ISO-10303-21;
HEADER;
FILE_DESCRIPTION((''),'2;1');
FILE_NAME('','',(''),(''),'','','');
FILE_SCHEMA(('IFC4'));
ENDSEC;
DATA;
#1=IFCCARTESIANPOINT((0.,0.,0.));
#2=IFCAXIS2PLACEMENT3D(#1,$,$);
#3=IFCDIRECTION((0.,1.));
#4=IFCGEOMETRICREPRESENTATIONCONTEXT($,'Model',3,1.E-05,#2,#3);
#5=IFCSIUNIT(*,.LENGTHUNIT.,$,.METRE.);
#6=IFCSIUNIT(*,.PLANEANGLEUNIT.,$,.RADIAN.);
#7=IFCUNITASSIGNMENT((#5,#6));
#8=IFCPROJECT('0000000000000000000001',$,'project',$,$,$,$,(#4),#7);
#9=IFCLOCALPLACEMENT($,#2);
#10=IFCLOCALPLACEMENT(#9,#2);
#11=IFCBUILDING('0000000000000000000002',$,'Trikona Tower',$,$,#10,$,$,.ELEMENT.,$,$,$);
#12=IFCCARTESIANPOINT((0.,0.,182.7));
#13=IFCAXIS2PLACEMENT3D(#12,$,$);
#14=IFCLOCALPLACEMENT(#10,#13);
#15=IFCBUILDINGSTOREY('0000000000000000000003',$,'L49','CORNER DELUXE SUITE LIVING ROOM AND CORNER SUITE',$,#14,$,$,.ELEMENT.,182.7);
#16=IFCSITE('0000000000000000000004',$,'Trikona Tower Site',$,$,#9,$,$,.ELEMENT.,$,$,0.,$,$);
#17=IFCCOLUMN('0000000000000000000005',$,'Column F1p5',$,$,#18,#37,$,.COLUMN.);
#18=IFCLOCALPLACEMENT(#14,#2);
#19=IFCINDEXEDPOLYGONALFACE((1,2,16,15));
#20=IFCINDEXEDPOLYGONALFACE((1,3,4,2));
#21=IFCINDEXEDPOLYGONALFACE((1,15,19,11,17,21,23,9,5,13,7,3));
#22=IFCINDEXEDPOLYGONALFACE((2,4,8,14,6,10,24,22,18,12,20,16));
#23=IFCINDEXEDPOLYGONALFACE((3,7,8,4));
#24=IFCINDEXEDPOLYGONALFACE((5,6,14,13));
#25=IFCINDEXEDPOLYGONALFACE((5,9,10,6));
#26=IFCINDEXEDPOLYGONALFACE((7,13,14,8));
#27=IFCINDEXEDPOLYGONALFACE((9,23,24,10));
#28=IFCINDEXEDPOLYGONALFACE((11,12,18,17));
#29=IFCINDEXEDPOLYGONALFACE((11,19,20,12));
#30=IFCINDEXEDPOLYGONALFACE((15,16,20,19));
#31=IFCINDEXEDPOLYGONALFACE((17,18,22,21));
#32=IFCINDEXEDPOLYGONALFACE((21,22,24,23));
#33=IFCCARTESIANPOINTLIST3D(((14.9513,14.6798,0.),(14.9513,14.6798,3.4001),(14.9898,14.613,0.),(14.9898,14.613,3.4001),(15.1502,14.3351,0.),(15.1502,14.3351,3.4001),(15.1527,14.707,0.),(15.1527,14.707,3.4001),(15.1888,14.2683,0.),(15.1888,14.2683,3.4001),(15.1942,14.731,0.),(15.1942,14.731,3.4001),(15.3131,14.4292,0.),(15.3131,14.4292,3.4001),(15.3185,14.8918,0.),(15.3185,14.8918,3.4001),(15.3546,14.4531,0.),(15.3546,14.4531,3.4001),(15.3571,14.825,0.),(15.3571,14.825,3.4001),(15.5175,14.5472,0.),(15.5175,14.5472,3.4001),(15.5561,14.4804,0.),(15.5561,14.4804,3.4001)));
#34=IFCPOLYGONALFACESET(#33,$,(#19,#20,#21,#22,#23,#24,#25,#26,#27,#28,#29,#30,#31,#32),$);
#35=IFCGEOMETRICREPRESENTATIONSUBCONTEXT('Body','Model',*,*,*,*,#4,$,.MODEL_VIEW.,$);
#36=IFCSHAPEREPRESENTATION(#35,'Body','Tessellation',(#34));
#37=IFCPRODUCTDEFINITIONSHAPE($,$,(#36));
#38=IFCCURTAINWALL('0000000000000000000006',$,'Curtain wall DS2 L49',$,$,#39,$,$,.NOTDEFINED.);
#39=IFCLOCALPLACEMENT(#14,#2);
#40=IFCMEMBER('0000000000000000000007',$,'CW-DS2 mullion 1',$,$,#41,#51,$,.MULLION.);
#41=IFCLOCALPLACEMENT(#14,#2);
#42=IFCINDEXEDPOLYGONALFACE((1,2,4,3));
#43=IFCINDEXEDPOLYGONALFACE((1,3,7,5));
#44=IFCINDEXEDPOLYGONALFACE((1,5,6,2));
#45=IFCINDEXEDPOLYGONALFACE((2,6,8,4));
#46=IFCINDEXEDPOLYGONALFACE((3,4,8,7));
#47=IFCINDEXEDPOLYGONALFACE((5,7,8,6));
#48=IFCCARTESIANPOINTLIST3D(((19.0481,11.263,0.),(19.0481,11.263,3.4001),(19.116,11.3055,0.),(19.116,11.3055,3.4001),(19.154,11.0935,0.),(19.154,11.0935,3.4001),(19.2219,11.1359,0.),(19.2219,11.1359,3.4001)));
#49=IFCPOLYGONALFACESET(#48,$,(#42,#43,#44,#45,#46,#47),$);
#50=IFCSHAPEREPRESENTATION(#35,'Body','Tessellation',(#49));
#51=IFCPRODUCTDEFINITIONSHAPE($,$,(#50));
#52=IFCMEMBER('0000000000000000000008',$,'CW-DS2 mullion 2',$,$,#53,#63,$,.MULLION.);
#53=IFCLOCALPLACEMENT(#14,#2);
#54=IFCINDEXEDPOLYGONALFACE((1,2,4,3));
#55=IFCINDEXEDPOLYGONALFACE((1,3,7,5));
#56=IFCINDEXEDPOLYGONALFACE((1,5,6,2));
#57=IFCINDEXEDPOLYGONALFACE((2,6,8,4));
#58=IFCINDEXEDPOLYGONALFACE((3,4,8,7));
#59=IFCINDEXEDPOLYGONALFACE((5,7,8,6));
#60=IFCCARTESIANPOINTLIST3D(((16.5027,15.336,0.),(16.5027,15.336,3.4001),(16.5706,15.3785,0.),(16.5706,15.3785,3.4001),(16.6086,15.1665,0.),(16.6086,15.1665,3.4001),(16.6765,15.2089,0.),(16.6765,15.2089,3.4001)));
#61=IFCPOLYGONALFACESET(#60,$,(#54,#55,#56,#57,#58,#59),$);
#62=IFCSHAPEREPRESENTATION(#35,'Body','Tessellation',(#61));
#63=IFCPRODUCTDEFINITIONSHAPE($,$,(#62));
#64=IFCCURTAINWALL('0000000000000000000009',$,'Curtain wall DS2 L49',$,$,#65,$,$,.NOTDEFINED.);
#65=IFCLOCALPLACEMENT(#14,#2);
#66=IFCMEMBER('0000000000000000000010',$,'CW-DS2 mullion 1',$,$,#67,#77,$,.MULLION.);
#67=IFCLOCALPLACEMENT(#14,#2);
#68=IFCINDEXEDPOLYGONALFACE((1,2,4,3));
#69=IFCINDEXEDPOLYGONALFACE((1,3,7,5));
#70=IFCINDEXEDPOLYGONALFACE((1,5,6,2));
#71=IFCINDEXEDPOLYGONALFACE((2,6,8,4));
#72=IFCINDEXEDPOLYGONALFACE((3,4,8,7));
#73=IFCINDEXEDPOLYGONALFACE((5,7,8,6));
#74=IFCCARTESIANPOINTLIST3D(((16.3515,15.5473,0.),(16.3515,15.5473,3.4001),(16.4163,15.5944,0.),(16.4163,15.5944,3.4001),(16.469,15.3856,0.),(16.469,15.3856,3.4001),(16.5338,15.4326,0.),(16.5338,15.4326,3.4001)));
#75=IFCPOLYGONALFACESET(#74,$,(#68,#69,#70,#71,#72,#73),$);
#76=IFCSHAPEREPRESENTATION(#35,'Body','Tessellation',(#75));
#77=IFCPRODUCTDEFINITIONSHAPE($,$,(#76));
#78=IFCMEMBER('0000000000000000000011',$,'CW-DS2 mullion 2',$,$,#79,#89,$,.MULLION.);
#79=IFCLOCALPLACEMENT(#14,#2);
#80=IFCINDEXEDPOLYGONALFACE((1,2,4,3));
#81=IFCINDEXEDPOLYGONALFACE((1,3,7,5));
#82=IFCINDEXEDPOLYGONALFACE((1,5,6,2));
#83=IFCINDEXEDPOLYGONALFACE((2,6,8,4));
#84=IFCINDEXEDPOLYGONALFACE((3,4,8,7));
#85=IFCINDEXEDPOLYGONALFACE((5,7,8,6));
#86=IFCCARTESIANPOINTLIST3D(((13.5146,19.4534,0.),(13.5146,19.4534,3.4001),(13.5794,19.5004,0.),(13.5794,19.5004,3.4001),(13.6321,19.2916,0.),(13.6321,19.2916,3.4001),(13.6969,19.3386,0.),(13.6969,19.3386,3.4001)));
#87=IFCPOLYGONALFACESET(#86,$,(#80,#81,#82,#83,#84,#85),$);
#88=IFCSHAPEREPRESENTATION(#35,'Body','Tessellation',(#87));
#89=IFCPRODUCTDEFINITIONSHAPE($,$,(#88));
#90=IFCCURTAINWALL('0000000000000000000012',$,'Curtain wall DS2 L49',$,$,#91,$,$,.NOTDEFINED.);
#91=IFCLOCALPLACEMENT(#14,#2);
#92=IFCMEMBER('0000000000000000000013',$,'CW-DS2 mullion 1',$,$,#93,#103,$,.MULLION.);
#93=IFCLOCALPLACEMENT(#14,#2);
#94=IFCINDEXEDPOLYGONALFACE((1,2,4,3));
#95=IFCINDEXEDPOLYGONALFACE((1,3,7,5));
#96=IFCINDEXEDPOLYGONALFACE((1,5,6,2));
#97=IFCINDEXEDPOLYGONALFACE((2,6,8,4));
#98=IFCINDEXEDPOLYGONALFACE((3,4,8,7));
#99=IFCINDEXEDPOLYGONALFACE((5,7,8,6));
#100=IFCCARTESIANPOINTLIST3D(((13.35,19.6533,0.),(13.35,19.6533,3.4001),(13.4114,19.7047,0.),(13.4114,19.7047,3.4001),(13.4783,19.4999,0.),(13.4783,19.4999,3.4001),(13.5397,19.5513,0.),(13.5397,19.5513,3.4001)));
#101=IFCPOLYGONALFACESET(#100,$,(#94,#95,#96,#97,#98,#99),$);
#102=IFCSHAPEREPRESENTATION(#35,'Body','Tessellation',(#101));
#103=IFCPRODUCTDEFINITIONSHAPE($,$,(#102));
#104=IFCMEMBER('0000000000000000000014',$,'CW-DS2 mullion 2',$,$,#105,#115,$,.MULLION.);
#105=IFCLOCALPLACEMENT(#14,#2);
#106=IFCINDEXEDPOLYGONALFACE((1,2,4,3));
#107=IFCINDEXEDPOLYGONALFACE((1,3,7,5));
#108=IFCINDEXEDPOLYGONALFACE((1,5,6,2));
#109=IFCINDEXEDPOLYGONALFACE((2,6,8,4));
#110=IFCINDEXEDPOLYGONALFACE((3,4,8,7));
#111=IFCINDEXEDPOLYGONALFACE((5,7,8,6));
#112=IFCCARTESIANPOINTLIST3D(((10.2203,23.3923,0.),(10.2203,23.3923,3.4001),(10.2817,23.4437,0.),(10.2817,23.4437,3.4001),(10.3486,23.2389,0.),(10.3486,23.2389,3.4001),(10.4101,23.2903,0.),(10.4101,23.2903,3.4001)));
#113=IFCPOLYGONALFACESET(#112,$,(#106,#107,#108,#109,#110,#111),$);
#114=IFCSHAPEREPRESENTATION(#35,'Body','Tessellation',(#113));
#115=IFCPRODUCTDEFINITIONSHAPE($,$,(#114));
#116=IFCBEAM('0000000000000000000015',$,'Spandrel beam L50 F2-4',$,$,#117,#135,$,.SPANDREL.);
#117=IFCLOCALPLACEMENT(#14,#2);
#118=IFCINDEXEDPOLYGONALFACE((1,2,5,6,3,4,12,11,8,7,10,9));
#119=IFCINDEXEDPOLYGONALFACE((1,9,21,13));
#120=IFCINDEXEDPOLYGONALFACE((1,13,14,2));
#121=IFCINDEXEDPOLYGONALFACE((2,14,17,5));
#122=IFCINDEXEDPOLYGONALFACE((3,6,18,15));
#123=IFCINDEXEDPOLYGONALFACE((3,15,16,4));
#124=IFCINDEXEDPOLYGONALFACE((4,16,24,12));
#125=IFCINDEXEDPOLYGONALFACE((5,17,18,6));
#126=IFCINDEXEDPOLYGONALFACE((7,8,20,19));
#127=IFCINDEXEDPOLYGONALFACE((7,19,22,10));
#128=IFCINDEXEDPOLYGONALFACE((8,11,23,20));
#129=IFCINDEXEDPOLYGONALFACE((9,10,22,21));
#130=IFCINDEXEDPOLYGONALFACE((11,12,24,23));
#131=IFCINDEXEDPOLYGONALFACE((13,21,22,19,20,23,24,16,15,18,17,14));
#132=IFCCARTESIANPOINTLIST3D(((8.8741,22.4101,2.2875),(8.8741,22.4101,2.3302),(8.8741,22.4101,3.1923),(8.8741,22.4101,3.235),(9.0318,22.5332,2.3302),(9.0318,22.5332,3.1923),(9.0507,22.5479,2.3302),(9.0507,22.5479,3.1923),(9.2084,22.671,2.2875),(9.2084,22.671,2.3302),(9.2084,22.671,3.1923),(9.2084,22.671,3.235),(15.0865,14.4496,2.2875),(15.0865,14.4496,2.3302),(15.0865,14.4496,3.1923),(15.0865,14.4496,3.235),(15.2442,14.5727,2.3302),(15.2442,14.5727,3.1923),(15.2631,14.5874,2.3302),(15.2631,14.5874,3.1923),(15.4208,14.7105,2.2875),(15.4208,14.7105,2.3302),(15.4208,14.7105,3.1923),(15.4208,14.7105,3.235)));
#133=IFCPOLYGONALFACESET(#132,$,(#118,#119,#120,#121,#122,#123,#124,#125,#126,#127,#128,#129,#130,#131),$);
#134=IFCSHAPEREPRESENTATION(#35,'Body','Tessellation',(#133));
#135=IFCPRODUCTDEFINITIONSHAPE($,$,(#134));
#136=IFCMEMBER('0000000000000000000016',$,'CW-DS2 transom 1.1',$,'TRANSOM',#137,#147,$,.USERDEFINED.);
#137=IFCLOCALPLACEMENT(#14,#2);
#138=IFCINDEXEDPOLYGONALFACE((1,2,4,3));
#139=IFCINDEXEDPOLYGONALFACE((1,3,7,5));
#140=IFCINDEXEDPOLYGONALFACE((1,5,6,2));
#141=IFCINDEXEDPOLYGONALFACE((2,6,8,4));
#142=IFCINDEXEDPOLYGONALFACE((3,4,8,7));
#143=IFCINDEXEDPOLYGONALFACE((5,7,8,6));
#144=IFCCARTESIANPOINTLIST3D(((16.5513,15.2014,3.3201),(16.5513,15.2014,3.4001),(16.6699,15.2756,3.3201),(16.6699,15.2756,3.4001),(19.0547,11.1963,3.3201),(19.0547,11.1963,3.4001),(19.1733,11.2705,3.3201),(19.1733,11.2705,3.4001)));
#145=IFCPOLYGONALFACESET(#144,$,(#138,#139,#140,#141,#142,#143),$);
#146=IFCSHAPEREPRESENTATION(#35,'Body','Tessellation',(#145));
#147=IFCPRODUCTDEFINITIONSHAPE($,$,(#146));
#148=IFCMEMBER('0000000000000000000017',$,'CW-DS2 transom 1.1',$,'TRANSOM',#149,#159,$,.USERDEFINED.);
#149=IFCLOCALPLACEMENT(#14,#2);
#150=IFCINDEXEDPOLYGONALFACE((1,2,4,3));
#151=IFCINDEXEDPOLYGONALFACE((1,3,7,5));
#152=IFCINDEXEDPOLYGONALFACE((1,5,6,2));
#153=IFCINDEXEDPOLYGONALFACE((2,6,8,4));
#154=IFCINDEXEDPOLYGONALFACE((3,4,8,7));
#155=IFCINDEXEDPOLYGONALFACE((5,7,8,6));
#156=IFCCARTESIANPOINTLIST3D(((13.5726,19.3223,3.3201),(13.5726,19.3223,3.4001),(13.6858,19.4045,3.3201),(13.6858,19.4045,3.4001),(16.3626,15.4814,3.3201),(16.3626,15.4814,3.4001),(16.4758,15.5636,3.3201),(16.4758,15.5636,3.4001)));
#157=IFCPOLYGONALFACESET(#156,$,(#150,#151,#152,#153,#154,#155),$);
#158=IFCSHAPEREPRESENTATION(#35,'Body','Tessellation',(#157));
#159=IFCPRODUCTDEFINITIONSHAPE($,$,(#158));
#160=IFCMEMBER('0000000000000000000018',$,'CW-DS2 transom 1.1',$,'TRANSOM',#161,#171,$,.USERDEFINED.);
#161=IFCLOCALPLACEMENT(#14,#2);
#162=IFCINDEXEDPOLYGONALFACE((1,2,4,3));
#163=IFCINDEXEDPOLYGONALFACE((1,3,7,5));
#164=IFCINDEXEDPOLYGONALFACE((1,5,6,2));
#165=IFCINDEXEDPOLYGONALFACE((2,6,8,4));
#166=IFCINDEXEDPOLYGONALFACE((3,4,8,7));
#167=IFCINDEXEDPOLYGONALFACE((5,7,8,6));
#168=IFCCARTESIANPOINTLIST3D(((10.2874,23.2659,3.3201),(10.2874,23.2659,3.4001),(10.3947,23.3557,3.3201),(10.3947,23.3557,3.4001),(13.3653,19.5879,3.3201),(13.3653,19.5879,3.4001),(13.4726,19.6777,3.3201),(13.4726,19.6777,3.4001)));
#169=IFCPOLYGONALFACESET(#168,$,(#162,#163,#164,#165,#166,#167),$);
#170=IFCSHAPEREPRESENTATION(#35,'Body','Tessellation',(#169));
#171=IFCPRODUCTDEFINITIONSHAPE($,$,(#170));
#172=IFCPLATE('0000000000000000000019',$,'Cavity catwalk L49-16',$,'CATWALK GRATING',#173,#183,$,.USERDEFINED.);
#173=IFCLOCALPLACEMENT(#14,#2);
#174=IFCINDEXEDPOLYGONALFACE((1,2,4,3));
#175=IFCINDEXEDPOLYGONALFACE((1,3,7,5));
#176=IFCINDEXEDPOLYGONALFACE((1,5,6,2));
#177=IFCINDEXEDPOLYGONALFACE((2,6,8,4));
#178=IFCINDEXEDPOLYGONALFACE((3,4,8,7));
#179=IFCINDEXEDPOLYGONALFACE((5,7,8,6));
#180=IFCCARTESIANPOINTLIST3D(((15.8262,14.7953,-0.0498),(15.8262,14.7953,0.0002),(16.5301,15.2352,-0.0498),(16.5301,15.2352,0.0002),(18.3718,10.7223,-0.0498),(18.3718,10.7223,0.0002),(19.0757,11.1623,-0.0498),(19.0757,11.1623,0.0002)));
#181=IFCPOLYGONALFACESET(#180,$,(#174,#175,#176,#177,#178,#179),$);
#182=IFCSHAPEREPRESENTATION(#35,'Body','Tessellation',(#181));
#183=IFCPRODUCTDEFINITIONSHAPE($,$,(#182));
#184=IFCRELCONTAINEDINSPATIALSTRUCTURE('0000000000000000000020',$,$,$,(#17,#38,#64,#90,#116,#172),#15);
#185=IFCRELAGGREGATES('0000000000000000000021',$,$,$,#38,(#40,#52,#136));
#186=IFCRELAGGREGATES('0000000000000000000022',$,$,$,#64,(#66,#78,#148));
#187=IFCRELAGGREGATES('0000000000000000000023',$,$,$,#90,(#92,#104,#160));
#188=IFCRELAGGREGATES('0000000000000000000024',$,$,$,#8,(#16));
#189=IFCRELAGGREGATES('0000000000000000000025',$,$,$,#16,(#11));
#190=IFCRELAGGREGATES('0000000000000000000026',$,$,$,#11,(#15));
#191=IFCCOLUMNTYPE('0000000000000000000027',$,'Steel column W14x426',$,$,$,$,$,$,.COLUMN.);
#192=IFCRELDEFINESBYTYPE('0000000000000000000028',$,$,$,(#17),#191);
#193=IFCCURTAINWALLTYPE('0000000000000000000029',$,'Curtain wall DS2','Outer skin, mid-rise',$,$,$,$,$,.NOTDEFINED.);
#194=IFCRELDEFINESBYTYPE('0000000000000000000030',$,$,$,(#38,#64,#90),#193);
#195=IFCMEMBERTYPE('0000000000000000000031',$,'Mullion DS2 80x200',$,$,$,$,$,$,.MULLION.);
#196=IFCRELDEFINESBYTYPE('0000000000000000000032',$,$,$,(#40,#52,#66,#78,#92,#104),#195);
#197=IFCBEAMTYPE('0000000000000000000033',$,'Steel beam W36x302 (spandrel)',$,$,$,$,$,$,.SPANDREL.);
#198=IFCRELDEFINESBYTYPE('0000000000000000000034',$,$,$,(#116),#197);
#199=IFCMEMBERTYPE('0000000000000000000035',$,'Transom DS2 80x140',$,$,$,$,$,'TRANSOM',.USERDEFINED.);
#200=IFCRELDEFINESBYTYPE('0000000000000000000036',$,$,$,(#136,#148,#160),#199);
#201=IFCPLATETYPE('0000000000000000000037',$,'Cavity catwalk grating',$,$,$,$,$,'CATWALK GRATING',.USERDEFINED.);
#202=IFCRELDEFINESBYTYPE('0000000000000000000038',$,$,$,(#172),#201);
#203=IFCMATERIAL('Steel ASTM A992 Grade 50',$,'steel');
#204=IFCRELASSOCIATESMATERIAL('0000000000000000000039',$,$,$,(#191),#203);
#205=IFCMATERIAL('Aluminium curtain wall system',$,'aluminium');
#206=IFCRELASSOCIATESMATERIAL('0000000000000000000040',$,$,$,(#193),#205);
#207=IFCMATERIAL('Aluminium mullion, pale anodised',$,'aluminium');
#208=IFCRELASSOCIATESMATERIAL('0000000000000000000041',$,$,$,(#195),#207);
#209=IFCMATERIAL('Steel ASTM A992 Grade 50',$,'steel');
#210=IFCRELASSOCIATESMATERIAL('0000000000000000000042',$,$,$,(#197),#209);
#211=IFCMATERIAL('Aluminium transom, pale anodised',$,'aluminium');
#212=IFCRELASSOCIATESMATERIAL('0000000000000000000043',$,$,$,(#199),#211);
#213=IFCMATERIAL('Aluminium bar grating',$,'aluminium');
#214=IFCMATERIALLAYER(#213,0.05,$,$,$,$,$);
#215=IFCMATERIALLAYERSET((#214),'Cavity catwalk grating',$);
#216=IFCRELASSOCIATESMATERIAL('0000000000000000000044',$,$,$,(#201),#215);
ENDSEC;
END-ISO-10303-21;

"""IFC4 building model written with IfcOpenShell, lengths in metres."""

from ifc_helpers import new_model, si_unit, direction, frame, origin, origin_2d, place, context, subcontext, project, spatial, rectangle, i_section, extrude, material, layer, layer_set, material_profile, profile_set, type_object, element, aggregate, save


model = new_model("IFC4")

# Units and contexts
model_context = context("Model", 3, precision=1e-05, world=origin(), true_north=direction((0.0, 1.0)))
body_context = subcontext(model_context, "Body", "Model", "MODEL_VIEW")
ifc_project = project(units=[si_unit("LENGTHUNIT", "METRE"), si_unit("PLANEANGLEUNIT", "RADIAN")], contexts=[model_context])

# Site, building, storey
site_placement = place(None, origin())
site = spatial("IfcSite", under=ifc_project, at=site_placement, Name="Trikona Tower Site", CompositionType="ELEMENT", RefElevation=0.0)
building_placement = place(site_placement, origin())
building = spatial("IfcBuilding", under=site, at=building_placement, Name="Trikona Tower", CompositionType="ELEMENT")
storey_placement = place(building_placement, frame((0.0, 0.0, 182.7)))
storey = spatial("IfcBuildingStorey", under=building, at=storey_placement, Name="L49", Description="CORNER DELUXE SUITE LIVING ROOM AND CORNER SUITE", CompositionType="ELEMENT", Elevation=182.7)

# Column
ifc_material_1 = material(Name="Steel ASTM A992 Grade 50", Category="steel")
ifc_material_profile_1 = material_profile(ifc_material_1, i_section(OverallWidth=0.4241, OverallDepth=0.4751, WebThickness=0.0479, FlangeThickness=0.0771, at=origin_2d()), Name="W14X426")
ifc_profile_set_1 = profile_set([ifc_material_profile_1], Name="Steel ASTM A992 Grade 50")
column_type = type_object("IfcColumnType", Name="Steel column W14x426", PredefinedType="COLUMN", material=ifc_profile_set_1)
column_placement = place(storey_placement, frame((15.2537, 14.5801, 0.0), z_axis=(0.0, 0.0, 1.0), x_axis=(0.866025, 0.5, 0.0)))
element("IfcColumn", 1, at=column_placement, inside=storey, type_object=column_type, Name="Column F1p5", PredefinedType="COLUMN", context=body_context, shape_type="SweptSolid", body=[
    extrude(i_section(OverallWidth=0.4241, OverallDepth=0.4751, WebThickness=0.0479, FlangeThickness=0.0771, at=origin_2d()), origin(), (0.0, 0.0, 1.0), 3.4001),
])

# Curtain walls, members
ifc_material_2 = material(Name="Aluminium curtain wall system", Category="aluminium")
curtain_wall_type = type_object("IfcCurtainWallType", Name="Curtain wall DS2", Description="Outer skin, mid-rise", PredefinedType="NOTDEFINED", material=ifc_material_2)
curtain_wall_1_placement = place(storey_placement, origin())
curtain_wall_1 = element("IfcCurtainWall", 2, at=curtain_wall_1_placement, inside=storey, type_object=curtain_wall_type, Name="Curtain wall DS2 L49", PredefinedType="NOTDEFINED")
ifc_material_3 = material(Name="Aluminium mullion, pale anodised", Category="aluminium")
ifc_material_profile_2 = material_profile(ifc_material_3, rectangle(XDim=0.0801, YDim=0.2, at=origin_2d()), Name="MUL-DS2")
ifc_profile_set_2 = profile_set([ifc_material_profile_2], Name="Aluminium mullion, pale anodised")
member_type_1 = type_object("IfcMemberType", Name="Mullion DS2 80x200", PredefinedType="MULLION", material=ifc_profile_set_2)
member_1_placement = place(storey_placement, frame((19.135, 11.1995, 0.0), z_axis=(0.0, 0.0, 1.0), x_axis=(-0.847998, -0.529999, 0.0)))
member_1 = element("IfcMember", 3, at=member_1_placement, type_object=member_type_1, Name="CW-DS2 mullion 1", PredefinedType="MULLION", context=body_context, shape_type="SweptSolid", body=[
    extrude(rectangle(XDim=0.0801, YDim=0.2, at=origin_2d()), origin(), (0.0, 0.0, 1.0), 3.4001),
])
member_2_placement = place(storey_placement, frame((16.5896, 15.2725, 0.0), z_axis=(0.0, 0.0, 1.0), x_axis=(-0.847998, -0.529999, 0.0)))
member_2 = element("IfcMember", 4, at=member_2_placement, type_object=member_type_1, Name="CW-DS2 mullion 2", PredefinedType="MULLION", context=body_context, shape_type="SweptSolid", body=[
    extrude(rectangle(XDim=0.0801, YDim=0.2, at=origin_2d()), origin(), (0.0, 0.0, 1.0), 3.4001),
])
curtain_wall_2_placement = place(storey_placement, origin())
curtain_wall_2 = element("IfcCurtainWall", 5, at=curtain_wall_2_placement, inside=storey, type_object=curtain_wall_type, Name="Curtain wall DS2 L49", PredefinedType="NOTDEFINED")
member_3_placement = place(storey_placement, frame((16.4426, 15.49, 0.0), z_axis=(0.0, 0.0, 1.0), x_axis=(-0.809086, -0.587691, 0.0)))
member_3 = element("IfcMember", 6, at=member_3_placement, type_object=member_type_1, Name="CW-DS2 mullion 1", PredefinedType="MULLION", context=body_context, shape_type="SweptSolid", body=[
    extrude(rectangle(XDim=0.0801, YDim=0.2, at=origin_2d()), origin(), (0.0, 0.0, 1.0), 3.4001),
])
member_4_placement = place(storey_placement, frame((13.6057, 19.396, 0.0), z_axis=(0.0, 0.0, 1.0), x_axis=(-0.809086, -0.587691, 0.0)))
member_4 = element("IfcMember", 7, at=member_4_placement, type_object=member_type_1, Name="CW-DS2 mullion 2", PredefinedType="MULLION", context=body_context, shape_type="SweptSolid", body=[
    extrude(rectangle(XDim=0.0801, YDim=0.2, at=origin_2d()), origin(), (0.0, 0.0, 1.0), 3.4001),
])
curtain_wall_3_placement = place(storey_placement, origin())
curtain_wall_3 = element("IfcCurtainWall", 8, at=curtain_wall_3_placement, inside=storey, type_object=curtain_wall_type, Name="Curtain wall DS2 L49", PredefinedType="NOTDEFINED")
member_5_placement = place(storey_placement, frame((13.4448, 19.6023, 0.0), z_axis=(0.0, 0.0, 1.0), x_axis=(-0.766867, -0.641806, 0.0)))
member_5 = element("IfcMember", 9, at=member_5_placement, type_object=member_type_1, Name="CW-DS2 mullion 1", PredefinedType="MULLION", context=body_context, shape_type="SweptSolid", body=[
    extrude(rectangle(XDim=0.0801, YDim=0.2, at=origin_2d()), origin(), (0.0, 0.0, 1.0), 3.4001),
])
member_6_placement = place(storey_placement, frame((10.3152, 23.3413, 0.0), z_axis=(0.0, 0.0, 1.0), x_axis=(-0.766867, -0.641806, 0.0)))
member_6 = element("IfcMember", 10, at=member_6_placement, type_object=member_type_1, Name="CW-DS2 mullion 2", PredefinedType="MULLION", context=body_context, shape_type="SweptSolid", body=[
    extrude(rectangle(XDim=0.0801, YDim=0.2, at=origin_2d()), origin(), (0.0, 0.0, 1.0), 3.4001),
])

# Beam
ifc_material_4 = material(Name="Steel ASTM A992 Grade 50", Category="steel")
ifc_material_profile_3 = material_profile(ifc_material_4, i_section(OverallWidth=0.4241, OverallDepth=0.9475, WebThickness=0.0239, FlangeThickness=0.0427, at=origin_2d()), Name="W36X302")
ifc_profile_set_3 = profile_set([ifc_material_profile_3], Name="Steel ASTM A992 Grade 50")
beam_type = type_object("IfcBeamType", Name="Steel beam W36x302 (spandrel)", PredefinedType="SPANDREL", material=ifc_profile_set_3)
beam_placement = place(storey_placement, frame((15.2537, 14.5801, 2.7612), z_axis=(-0.615232, 0.788346, 0.0), x_axis=(-0.788346, -0.615232, 0.0)))
element("IfcBeam", 11, at=beam_placement, inside=storey, type_object=beam_type, Name="Spandrel beam L50 F2-4", PredefinedType="SPANDREL", context=body_context, shape_type="SweptSolid", body=[
    extrude(i_section(OverallWidth=0.4241, OverallDepth=0.9475, WebThickness=0.0239, FlangeThickness=0.0427, at=origin_2d()), origin(), (0.0, 0.0, 1.0), 10.0977),
])

# Members
ifc_material_5 = material(Name="Aluminium transom, pale anodised", Category="aluminium")
ifc_material_profile_4 = material_profile(ifc_material_5, rectangle(XDim=0.1399, YDim=0.0801, at=origin_2d()), Name="TRN-DS2")
ifc_profile_set_4 = profile_set([ifc_material_profile_4], Name="Aluminium transom, pale anodised")
member_type_2 = type_object("IfcMemberType", Name="Transom DS2 80x140", ElementType="TRANSOM", PredefinedType="USERDEFINED", material=ifc_profile_set_4)
member_7_placement = place(storey_placement, frame((19.114, 11.2334, 3.3601), z_axis=(-0.530031, 0.847978, 0.0), x_axis=(-0.847978, -0.530031, 0.0)))
member_7 = element("IfcMember", 12, at=member_7_placement, type_object=member_type_2, Name="CW-DS2 transom 1.1", ObjectType="TRANSOM", PredefinedType="USERDEFINED", context=body_context, shape_type="SweptSolid", body=[
    extrude(rectangle(XDim=0.1399, YDim=0.0801, at=origin_2d()), origin(), (0.0, 0.0, 1.0), 4.7231),
])
member_8_placement = place(storey_placement, frame((16.4192, 15.5225, 3.3601), z_axis=(-0.587695, 0.809083, 0.0), x_axis=(-0.809083, -0.587695, 0.0)))
member_8 = element("IfcMember", 13, at=member_8_placement, type_object=member_type_2, Name="CW-DS2 transom 1.1", ObjectType="TRANSOM", PredefinedType="USERDEFINED", context=body_context, shape_type="SweptSolid", body=[
    extrude(rectangle(XDim=0.1399, YDim=0.0801, at=origin_2d()), origin(), (0.0, 0.0, 1.0), 4.7473),
])
member_9_placement = place(storey_placement, frame((13.4189, 19.6328, 3.3601), z_axis=(-0.64177, 0.766897, 0.0), x_axis=(-0.766897, -0.64177, 0.0)))
member_9 = element("IfcMember", 14, at=member_9_placement, type_object=member_type_2, Name="CW-DS2 transom 1.1", ObjectType="TRANSOM", PredefinedType="USERDEFINED", context=body_context, shape_type="SweptSolid", body=[
    extrude(rectangle(XDim=0.1399, YDim=0.0801, at=origin_2d()), origin(), (0.0, 0.0, 1.0), 4.7959),
])

# Plate
ifc_material_6 = material(Name="Aluminium bar grating", Category="aluminium")
ifc_layer_1 = layer(ifc_material_6, 0.05)
ifc_layer_set_1 = layer_set([ifc_layer_1], Name="Cavity catwalk grating")
plate_type_1 = type_object("IfcPlateType", Name="Cavity catwalk grating", ElementType="CATWALK GRATING", PredefinedType="USERDEFINED", material=ifc_layer_set_1)
plate_1_placement = place(storey_placement, frame((17.4509, 12.9788, -0.0498), z_axis=(0.0, 0.0, 1.0), x_axis=(-0.529995, 0.848001, 0.0)))
element("IfcPlate", 15, at=plate_1_placement, inside=storey, type_object=plate_type_1, Name="Cavity catwalk L49-16", ObjectType="CATWALK GRATING", PredefinedType="USERDEFINED", context=body_context, shape_type="SweptSolid", body=[
    extrude(rectangle(XDim=4.803, YDim=0.8301, at=origin_2d()), origin(), (0.0, 0.0, 1.0), 0.05),
])

aggregate(curtain_wall_1, [member_1, member_2, member_7])
aggregate(curtain_wall_2, [member_3, member_4, member_8])
aggregate(curtain_wall_3, [member_5, member_6, member_9])

save(model, "model.ifc")
